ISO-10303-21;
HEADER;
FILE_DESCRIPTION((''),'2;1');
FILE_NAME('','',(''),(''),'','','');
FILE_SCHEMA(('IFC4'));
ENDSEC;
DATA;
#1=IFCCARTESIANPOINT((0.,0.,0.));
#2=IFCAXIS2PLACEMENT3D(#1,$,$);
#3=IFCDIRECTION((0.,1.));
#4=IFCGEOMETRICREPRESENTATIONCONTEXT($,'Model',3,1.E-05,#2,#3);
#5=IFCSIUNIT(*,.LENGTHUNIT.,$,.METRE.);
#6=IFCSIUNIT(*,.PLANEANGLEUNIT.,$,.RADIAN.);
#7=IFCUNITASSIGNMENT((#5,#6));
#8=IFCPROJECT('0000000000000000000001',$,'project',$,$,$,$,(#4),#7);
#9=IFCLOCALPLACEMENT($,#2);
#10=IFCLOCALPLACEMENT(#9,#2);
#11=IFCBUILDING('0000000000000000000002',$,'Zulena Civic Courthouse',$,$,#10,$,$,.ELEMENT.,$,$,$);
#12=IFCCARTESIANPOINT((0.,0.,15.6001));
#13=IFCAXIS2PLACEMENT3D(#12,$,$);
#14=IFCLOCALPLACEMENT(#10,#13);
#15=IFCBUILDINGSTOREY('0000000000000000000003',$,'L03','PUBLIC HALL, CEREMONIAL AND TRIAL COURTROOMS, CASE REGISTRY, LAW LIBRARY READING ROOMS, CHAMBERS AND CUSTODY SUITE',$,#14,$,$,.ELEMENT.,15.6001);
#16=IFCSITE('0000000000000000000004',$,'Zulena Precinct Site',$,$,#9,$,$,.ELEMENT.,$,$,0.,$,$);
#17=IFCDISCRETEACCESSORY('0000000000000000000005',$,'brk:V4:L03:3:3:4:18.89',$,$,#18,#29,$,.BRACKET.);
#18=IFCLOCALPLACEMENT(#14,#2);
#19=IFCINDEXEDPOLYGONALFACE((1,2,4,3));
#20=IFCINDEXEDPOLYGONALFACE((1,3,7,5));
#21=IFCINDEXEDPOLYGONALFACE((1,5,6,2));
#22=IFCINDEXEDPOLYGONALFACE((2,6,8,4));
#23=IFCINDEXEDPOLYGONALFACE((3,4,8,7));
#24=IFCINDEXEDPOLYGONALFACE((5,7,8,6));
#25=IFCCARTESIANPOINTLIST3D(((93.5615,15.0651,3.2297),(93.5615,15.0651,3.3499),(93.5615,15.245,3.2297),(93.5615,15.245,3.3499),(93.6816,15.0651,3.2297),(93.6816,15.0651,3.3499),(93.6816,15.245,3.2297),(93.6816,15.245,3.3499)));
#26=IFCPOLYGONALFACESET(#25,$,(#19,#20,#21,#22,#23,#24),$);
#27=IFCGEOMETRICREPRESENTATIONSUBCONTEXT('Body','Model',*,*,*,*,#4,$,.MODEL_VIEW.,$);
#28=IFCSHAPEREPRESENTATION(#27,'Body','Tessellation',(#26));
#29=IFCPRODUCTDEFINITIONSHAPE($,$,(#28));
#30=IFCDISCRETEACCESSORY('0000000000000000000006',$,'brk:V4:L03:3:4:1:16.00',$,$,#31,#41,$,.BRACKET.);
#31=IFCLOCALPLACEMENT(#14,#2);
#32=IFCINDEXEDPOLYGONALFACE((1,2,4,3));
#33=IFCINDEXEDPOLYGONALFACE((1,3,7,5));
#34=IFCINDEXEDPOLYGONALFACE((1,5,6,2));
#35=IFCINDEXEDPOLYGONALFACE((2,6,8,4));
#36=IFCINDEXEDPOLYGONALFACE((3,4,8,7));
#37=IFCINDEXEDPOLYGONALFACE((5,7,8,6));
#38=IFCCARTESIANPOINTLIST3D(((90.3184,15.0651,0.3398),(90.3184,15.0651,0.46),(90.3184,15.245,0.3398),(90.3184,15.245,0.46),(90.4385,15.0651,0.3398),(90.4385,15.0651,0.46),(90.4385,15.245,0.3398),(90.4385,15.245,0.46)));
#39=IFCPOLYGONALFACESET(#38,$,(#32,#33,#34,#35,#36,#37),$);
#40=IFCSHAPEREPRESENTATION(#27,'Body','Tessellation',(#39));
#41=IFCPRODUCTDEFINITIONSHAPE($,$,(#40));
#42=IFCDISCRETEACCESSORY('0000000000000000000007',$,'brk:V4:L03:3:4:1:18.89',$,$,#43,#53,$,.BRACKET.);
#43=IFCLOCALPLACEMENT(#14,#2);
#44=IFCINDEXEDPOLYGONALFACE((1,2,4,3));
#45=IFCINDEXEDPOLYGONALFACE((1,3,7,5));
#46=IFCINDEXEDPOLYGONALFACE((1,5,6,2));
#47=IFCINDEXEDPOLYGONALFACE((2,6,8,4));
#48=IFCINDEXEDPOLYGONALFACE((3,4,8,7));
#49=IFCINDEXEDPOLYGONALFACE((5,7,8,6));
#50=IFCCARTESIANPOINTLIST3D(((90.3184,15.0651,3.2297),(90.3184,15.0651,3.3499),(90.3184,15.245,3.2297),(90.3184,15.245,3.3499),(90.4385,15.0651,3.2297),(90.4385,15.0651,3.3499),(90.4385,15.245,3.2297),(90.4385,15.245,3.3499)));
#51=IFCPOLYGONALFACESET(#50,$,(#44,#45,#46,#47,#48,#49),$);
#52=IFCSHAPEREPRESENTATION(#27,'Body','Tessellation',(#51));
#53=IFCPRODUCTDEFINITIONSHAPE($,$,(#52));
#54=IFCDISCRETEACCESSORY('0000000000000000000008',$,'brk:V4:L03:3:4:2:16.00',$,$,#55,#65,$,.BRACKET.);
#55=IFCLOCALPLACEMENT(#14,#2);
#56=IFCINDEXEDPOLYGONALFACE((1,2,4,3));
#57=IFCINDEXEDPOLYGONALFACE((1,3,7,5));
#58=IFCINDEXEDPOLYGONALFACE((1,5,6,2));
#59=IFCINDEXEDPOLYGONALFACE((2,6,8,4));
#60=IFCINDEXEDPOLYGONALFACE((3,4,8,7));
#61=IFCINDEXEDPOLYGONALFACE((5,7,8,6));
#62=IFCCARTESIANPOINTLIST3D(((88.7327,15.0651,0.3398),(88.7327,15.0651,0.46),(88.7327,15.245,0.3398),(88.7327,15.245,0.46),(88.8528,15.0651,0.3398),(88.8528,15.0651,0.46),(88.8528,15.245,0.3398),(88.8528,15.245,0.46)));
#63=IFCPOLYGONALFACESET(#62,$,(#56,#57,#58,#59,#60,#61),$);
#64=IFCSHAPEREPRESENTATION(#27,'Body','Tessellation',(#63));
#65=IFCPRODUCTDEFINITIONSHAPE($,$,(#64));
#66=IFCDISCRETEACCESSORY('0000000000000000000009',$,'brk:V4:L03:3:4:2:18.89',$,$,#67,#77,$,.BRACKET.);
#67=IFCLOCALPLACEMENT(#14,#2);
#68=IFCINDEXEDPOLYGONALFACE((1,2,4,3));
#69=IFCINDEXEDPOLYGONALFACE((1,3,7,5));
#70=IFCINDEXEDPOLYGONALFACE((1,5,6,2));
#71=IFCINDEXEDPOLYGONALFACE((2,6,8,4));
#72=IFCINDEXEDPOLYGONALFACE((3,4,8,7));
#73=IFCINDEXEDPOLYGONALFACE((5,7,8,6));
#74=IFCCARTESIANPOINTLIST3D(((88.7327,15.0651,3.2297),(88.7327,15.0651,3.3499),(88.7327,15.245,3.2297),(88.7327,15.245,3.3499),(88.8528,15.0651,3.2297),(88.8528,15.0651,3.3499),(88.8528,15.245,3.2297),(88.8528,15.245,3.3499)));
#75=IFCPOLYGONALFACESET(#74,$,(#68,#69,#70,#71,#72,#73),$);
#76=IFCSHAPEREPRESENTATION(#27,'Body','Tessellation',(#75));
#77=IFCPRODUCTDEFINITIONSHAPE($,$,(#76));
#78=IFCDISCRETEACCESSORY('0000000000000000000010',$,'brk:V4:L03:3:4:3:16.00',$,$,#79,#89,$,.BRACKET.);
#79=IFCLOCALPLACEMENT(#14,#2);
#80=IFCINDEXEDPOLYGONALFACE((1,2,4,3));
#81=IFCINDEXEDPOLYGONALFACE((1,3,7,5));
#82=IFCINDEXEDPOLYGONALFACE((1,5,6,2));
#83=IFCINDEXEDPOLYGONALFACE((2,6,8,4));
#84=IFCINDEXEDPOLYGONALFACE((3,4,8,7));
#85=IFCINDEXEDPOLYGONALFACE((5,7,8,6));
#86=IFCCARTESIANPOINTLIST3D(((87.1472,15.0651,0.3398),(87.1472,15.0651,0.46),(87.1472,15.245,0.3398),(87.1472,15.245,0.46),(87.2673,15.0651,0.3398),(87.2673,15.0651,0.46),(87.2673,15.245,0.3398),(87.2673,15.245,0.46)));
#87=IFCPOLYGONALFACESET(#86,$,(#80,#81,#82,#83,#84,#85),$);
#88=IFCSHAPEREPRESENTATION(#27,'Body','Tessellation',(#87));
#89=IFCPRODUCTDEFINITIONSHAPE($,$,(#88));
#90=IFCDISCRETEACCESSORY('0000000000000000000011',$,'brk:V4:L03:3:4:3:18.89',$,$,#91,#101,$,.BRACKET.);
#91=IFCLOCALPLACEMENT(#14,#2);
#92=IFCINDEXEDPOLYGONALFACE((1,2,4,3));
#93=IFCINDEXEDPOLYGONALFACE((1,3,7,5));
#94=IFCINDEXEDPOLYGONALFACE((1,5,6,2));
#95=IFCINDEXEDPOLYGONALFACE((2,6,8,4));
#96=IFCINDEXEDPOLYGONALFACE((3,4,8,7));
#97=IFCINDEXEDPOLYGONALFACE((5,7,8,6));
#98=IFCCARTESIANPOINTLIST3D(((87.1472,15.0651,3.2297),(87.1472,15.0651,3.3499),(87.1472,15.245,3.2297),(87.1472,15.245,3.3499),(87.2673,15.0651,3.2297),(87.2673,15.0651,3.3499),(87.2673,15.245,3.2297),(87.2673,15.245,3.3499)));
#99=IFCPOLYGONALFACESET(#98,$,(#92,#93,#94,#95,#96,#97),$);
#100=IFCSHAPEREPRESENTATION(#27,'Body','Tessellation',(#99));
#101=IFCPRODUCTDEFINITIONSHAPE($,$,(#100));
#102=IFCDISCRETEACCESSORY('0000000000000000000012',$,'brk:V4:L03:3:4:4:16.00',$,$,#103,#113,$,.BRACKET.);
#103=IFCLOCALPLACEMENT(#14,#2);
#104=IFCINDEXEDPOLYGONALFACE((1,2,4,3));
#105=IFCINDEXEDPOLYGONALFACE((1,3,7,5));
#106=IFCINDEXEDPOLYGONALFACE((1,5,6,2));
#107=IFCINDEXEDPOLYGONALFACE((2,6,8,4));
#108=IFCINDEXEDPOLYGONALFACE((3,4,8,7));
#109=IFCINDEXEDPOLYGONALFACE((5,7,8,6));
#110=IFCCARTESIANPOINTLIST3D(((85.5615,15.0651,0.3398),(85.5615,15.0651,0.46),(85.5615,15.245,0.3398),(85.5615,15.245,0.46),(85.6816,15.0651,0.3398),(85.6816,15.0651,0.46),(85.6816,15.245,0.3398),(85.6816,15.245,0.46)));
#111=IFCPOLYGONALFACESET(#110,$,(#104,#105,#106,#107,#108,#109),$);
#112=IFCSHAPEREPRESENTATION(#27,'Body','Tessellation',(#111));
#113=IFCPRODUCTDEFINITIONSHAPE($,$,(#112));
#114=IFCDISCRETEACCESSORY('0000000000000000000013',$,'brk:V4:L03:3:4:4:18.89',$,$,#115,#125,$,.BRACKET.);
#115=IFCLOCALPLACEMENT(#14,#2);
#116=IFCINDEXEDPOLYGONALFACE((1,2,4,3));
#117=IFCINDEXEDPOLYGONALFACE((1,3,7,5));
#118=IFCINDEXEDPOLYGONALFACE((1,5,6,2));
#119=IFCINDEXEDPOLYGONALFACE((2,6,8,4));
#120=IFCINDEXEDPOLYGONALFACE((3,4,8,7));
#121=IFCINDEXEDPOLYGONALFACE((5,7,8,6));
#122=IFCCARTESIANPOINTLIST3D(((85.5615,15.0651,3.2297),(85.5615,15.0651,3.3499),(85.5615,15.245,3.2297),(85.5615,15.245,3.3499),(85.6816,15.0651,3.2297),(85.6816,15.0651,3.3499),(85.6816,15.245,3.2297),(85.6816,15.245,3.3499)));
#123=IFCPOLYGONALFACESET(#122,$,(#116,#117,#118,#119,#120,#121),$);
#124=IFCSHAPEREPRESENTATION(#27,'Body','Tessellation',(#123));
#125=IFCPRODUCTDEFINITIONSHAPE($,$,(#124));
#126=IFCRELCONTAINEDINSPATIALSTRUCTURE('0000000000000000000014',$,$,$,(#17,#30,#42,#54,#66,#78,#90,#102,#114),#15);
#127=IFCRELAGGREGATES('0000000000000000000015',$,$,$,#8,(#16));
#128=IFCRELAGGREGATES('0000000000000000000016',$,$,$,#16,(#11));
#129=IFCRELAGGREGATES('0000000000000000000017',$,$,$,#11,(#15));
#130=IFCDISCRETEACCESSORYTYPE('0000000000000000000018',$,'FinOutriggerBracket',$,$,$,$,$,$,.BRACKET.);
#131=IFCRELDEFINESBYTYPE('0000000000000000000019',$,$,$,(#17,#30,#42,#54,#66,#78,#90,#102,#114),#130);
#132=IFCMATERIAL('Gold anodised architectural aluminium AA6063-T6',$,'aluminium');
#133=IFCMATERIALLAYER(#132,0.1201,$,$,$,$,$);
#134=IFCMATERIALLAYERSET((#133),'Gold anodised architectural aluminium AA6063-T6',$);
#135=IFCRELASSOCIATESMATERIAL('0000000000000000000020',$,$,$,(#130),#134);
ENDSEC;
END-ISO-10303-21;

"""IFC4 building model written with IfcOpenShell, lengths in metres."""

from ifc_helpers import new_model, si_unit, direction, frame, origin, origin_2d, place, context, subcontext, project, spatial, rectangle, extrude, material, layer, layer_set, type_object, element, save


model = new_model("IFC4")

# Units and contexts
model_context = context("Model", 3, precision=1e-05, world=origin(), true_north=direction((0.0, 1.0)))
body_context = subcontext(model_context, "Body", "Model", "MODEL_VIEW")
ifc_project = project(units=[si_unit("LENGTHUNIT", "METRE"), si_unit("PLANEANGLEUNIT", "RADIAN")], contexts=[model_context])

# Site, building, storey
site_placement = place(None, origin())
site = spatial("IfcSite", under=ifc_project, at=site_placement, Name="Zulena Precinct Site", CompositionType="ELEMENT", RefElevation=0.0)
building_placement = place(site_placement, origin())
building = spatial("IfcBuilding", under=site, at=building_placement, Name="Zulena Civic Courthouse", CompositionType="ELEMENT")
storey_placement = place(building_placement, frame((0.0, 0.0, 15.6001)))
storey = spatial("IfcBuildingStorey", under=building, at=storey_placement, Name="L03", Description="PUBLIC HALL, CEREMONIAL AND TRIAL COURTROOMS, CASE REGISTRY, LAW LIBRARY READING ROOMS, CHAMBERS AND CUSTODY SUITE", CompositionType="ELEMENT", Elevation=15.6001)

# Shared definitions
ifc_material_1 = material(Name="Gold anodised architectural aluminium AA6063-T6", Category="aluminium")

# Discrete accessories
ifc_layer_1 = layer(ifc_material_1, 0.1201)
ifc_layer_set_1 = layer_set([ifc_layer_1], Name="Gold anodised architectural aluminium AA6063-T6")
discrete_accessory_type = type_object("IfcDiscreteAccessoryType", Name="FinOutriggerBracket", PredefinedType="BRACKET", material=ifc_layer_set_1)
for number, where, z_axis, x_axis, name in (
    (1, (93.6216, 15.155, 3.2297), (0.0, 0.0, 1.0), (0.0, -1.0, 0.0), "brk:V4:L03:3:3:4:18.89"),
    (2, (90.3784, 15.155, 0.3398), (0.0, 0.0, 1.0), (0.0, -1.0, 0.0), "brk:V4:L03:3:4:1:16.00"),
    (3, (90.3784, 15.155, 3.2297), (0.0, 0.0, 1.0), (0.0, -1.0, 0.0), "brk:V4:L03:3:4:1:18.89"),
    (4, (88.7927, 15.155, 0.3398), (0.0, 0.0, 1.0), (0.0, -1.0, 0.0), "brk:V4:L03:3:4:2:16.00"),
    (5, (88.7927, 15.155, 3.2297), (0.0, 0.0, 1.0), (0.0, -1.0, 0.0), "brk:V4:L03:3:4:2:18.89"),
    (6, (87.2073, 15.155, 0.3398), (0.0, 0.0, 1.0), (0.0, -1.0, 0.0), "brk:V4:L03:3:4:3:16.00"),
    (7, (87.2073, 15.155, 3.2297), (0.0, 0.0, 1.0), (0.0, -1.0, 0.0), "brk:V4:L03:3:4:3:18.89"),
    (8, (85.6216, 15.155, 0.3398), (0.0, 0.0, 1.0), (0.0, -1.0, 0.0), "brk:V4:L03:3:4:4:16.00"),
    (9, (85.6216, 15.155, 3.2297), (0.0, 0.0, 1.0), (0.0, -1.0, 0.0), "brk:V4:L03:3:4:4:18.89"),
):
    element("IfcDiscreteAccessory", number, at=place(storey_placement, frame(where, z_axis=z_axis, x_axis=x_axis)), inside=storey, type_object=discrete_accessory_type, Name=name, PredefinedType="BRACKET", context=body_context, shape_type="SweptSolid", body=[
        extrude(rectangle(XDim=0.1799, YDim=0.1201, at=origin_2d()), origin(), (0.0, 0.0, 1.0), 0.1201),
    ])

save(model, "model.ifc")
